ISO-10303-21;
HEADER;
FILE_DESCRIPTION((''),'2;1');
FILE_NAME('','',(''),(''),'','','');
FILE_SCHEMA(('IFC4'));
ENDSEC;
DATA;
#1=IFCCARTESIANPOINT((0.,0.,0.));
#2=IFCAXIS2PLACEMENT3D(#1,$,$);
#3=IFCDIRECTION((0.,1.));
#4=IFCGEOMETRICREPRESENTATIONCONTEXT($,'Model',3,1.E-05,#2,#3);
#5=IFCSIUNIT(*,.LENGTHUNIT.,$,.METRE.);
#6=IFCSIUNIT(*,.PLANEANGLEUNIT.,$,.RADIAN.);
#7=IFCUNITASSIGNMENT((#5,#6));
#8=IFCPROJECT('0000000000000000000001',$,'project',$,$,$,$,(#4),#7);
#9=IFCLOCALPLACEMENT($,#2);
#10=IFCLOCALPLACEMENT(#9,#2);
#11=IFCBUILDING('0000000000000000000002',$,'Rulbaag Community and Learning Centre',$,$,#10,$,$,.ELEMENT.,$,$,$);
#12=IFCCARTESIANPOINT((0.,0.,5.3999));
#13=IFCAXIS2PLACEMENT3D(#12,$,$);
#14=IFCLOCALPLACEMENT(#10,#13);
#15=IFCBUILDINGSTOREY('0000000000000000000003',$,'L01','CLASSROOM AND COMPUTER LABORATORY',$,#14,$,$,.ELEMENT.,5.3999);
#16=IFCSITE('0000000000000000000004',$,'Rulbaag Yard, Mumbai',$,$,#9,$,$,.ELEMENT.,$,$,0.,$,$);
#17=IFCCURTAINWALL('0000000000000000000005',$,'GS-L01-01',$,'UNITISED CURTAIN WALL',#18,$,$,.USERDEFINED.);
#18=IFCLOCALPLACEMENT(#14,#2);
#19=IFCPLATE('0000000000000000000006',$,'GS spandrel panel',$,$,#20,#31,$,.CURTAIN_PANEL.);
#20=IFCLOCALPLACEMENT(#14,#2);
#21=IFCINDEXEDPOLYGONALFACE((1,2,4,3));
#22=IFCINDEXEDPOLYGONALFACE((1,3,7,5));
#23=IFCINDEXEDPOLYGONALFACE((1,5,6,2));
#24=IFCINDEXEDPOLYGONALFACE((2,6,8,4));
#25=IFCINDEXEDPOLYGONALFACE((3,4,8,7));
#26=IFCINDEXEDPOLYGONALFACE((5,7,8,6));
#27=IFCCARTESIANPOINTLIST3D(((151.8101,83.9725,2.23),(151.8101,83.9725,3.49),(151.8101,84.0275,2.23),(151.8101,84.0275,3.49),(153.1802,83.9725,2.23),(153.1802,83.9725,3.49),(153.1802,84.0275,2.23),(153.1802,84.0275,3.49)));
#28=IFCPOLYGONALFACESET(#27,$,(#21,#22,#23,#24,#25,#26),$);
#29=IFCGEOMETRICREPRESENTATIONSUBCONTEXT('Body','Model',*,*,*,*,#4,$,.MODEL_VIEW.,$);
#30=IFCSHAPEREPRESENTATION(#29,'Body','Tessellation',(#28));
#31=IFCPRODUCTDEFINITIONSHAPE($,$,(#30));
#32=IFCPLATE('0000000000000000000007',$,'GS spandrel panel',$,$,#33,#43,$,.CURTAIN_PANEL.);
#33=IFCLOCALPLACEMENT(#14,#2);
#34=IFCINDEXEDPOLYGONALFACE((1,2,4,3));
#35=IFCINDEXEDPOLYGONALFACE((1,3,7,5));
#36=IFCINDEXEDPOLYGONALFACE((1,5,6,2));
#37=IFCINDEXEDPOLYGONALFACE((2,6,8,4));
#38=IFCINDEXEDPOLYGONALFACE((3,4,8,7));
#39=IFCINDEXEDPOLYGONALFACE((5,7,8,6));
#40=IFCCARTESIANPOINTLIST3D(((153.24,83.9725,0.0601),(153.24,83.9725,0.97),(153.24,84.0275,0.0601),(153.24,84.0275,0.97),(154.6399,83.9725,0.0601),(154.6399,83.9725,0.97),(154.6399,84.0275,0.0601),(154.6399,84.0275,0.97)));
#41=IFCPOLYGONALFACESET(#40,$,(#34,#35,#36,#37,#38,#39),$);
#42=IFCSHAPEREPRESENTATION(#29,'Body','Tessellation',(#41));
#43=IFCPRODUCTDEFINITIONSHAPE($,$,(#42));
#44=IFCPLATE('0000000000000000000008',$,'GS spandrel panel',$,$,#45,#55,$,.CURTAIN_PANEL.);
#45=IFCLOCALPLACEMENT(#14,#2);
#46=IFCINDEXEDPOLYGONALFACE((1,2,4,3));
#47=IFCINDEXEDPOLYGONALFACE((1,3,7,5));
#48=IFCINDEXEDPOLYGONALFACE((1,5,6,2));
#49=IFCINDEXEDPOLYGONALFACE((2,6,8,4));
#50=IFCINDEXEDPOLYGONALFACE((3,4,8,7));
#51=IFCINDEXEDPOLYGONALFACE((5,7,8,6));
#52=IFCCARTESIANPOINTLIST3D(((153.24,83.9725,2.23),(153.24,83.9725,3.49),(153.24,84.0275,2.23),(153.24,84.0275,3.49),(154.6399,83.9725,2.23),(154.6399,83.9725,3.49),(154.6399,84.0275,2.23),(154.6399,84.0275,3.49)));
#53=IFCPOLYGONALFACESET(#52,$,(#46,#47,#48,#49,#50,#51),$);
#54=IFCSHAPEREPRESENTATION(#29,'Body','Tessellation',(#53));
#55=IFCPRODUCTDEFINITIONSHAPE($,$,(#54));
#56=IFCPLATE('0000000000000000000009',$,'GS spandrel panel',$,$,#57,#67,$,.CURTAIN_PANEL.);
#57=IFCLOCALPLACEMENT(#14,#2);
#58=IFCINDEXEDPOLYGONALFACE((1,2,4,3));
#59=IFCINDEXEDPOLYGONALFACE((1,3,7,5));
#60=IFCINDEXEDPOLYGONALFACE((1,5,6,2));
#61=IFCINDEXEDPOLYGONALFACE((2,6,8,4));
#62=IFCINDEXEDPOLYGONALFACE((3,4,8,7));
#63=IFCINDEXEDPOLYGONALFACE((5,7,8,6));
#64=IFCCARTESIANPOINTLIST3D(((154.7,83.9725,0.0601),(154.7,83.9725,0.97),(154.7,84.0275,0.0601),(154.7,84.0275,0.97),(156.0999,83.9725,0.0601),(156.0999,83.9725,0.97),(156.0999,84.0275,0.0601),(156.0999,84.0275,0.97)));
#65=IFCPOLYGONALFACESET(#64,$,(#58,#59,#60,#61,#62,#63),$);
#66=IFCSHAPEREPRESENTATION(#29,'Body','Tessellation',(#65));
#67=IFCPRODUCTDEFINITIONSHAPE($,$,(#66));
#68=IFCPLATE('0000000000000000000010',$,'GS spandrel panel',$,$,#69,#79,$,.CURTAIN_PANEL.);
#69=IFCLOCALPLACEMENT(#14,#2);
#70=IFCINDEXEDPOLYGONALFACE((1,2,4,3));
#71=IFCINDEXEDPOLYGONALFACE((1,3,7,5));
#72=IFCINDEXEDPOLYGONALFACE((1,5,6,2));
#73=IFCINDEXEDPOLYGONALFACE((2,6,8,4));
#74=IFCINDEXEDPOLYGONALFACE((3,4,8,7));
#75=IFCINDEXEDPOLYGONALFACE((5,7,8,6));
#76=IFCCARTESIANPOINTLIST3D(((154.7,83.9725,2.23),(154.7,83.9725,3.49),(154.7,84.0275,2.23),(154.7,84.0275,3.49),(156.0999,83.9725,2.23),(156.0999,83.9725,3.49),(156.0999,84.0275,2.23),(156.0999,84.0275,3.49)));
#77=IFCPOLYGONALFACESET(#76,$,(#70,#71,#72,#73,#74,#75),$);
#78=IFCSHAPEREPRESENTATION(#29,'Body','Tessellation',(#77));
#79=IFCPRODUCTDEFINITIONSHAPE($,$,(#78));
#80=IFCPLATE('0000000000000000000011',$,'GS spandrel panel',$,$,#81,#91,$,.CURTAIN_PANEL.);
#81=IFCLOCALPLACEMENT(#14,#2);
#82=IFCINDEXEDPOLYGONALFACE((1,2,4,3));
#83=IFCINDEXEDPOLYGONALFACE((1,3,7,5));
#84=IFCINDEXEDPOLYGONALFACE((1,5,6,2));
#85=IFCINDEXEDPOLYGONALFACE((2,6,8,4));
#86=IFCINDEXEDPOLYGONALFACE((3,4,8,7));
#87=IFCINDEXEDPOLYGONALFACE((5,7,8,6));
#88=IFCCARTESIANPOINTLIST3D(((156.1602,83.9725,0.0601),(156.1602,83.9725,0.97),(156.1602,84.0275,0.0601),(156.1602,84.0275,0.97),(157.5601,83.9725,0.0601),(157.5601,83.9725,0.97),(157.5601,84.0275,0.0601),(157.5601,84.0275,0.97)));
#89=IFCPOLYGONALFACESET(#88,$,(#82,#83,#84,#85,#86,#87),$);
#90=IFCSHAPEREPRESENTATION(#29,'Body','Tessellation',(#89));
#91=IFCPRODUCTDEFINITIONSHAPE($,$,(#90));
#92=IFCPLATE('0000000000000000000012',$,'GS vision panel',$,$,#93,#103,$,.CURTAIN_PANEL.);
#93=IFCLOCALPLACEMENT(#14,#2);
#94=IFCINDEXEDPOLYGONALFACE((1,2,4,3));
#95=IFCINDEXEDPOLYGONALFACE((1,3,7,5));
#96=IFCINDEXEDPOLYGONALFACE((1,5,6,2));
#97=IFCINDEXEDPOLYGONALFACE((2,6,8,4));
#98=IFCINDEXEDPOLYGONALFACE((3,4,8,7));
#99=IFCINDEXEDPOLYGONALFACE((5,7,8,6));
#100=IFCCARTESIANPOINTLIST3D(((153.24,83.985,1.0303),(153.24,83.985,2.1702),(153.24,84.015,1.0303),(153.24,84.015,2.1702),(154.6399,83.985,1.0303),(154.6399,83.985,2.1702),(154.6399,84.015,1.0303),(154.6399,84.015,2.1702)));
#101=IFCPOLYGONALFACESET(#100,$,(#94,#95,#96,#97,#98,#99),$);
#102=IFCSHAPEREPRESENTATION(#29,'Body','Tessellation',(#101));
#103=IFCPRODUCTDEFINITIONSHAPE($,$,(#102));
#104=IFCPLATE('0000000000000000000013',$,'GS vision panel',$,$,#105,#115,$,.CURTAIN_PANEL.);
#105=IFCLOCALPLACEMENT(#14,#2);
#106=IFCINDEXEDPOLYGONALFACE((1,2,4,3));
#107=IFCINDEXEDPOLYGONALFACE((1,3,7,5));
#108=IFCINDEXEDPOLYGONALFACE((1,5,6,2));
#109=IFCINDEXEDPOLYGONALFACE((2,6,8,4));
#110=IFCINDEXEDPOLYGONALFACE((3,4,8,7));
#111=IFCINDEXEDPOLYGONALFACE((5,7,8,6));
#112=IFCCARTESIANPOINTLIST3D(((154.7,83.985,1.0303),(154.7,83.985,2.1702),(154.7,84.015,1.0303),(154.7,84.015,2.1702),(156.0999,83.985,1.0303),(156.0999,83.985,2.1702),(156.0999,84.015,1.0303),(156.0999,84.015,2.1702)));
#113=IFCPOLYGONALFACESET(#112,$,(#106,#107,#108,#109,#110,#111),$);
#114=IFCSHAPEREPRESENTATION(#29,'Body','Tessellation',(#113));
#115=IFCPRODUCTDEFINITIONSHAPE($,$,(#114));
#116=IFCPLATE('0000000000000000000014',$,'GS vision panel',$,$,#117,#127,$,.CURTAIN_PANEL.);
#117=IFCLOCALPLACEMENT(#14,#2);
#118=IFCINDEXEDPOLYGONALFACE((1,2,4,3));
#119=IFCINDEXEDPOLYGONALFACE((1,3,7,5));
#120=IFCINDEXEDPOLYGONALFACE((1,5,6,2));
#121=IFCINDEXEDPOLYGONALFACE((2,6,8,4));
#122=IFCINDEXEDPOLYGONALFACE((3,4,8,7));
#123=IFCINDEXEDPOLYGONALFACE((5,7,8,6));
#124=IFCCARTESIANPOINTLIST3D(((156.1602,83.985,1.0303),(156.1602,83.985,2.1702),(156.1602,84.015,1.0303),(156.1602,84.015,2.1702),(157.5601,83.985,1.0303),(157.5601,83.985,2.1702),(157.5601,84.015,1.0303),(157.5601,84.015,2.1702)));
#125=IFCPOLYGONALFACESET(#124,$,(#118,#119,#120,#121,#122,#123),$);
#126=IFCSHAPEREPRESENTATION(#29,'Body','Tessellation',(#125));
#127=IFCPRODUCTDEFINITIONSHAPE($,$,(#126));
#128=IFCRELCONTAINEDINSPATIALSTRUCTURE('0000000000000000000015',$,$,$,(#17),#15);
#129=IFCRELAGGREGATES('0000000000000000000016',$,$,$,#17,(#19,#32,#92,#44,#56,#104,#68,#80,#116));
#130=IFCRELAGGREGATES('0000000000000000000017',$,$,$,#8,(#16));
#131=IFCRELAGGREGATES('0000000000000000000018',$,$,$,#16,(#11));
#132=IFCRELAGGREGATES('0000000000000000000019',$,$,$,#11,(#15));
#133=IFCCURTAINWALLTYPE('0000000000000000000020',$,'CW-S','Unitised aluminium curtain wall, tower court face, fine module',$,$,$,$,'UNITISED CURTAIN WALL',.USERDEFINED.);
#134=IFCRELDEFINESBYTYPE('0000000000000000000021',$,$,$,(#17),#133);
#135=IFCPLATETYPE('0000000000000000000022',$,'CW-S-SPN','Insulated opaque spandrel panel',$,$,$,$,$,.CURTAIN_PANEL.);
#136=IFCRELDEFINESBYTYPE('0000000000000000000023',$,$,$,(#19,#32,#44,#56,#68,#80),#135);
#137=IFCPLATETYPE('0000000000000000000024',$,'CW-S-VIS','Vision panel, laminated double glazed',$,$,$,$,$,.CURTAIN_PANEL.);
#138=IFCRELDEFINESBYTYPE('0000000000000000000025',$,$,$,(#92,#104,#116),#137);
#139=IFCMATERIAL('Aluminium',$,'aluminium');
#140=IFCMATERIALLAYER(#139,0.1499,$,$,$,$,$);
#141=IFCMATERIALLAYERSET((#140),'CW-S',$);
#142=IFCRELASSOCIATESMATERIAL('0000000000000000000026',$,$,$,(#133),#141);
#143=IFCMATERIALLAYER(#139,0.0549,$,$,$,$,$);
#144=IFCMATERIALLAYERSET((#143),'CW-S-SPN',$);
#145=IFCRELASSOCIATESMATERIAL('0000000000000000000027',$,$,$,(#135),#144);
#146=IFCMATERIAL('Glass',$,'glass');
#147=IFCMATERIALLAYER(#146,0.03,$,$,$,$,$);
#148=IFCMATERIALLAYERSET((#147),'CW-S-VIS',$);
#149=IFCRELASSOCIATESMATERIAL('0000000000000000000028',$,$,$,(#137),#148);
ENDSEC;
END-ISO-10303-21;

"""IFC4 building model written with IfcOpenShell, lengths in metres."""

from ifc_helpers import new_model, si_unit, direction, frame, origin, origin_2d, place, context, subcontext, project, spatial, rectangle, extrude, material, layer, layer_set, type_object, element, aggregate, save


model = new_model("IFC4")

# Units and contexts
model_context = context("Model", 3, precision=1e-05, world=origin(), true_north=direction((0.0, 1.0)))
body_context = subcontext(model_context, "Body", "Model", "MODEL_VIEW")
ifc_project = project(units=[si_unit("LENGTHUNIT", "METRE"), si_unit("PLANEANGLEUNIT", "RADIAN")], contexts=[model_context])

# Site, building, storey
site_placement = place(None, origin())
site = spatial("IfcSite", under=ifc_project, at=site_placement, Name="Rulbaag Yard, Mumbai", CompositionType="ELEMENT", RefElevation=0.0)
building_placement = place(site_placement, origin())
building = spatial("IfcBuilding", under=site, at=building_placement, Name="Rulbaag Community and Learning Centre", CompositionType="ELEMENT")
storey_placement = place(building_placement, frame((0.0, 0.0, 5.3999)))
storey = spatial("IfcBuildingStorey", under=building, at=storey_placement, Name="L01", Description="CLASSROOM AND COMPUTER LABORATORY", CompositionType="ELEMENT", Elevation=5.3999)

# Curtain wall, plates
ifc_material_1 = material(Name="Aluminium", Category="aluminium")
ifc_layer_1 = layer(ifc_material_1, 0.1499)
ifc_layer_set_1 = layer_set([ifc_layer_1], Name="CW-S")
curtain_wall_type = type_object("IfcCurtainWallType", Name="CW-S", Description="Unitised aluminium curtain wall, tower court face, fine module", ElementType="UNITISED CURTAIN WALL", PredefinedType="USERDEFINED", material=ifc_layer_set_1)
curtain_wall_placement = place(storey_placement, origin())
curtain_wall = element("IfcCurtainWall", 1, at=curtain_wall_placement, inside=storey, type_object=curtain_wall_type, Name="GS-L01-01", ObjectType="UNITISED CURTAIN WALL", PredefinedType="USERDEFINED")
ifc_layer_2 = layer(ifc_material_1, 0.0549)
ifc_layer_set_2 = layer_set([ifc_layer_2], Name="CW-S-SPN")
plate_type_1 = type_object("IfcPlateType", Name="CW-S-SPN", Description="Insulated opaque spandrel panel", PredefinedType="CURTAIN_PANEL", material=ifc_layer_set_2)
plate_1_placement = place(storey_placement, frame((152.4951, 84.0, 2.23), z_axis=(0.0, 0.0, 1.0), x_axis=(1.0, 0.0, 0.0)))
plate_1 = element("IfcPlate", 2, at=plate_1_placement, type_object=plate_type_1, Name="GS spandrel panel", PredefinedType="CURTAIN_PANEL", context=body_context, shape_type="SweptSolid", body=[
    extrude(rectangle(XDim=1.3701, YDim=0.0549, at=origin_2d()), origin(), (0.0, 0.0, 1.0), 1.26),
])
plate_2_placement = place(storey_placement, frame((153.9399, 84.0, 0.0601), z_axis=(0.0, 0.0, 1.0), x_axis=(1.0, 0.0, 0.0)))
plate_2 = element("IfcPlate", 3, at=plate_2_placement, type_object=plate_type_1, Name="GS spandrel panel", PredefinedType="CURTAIN_PANEL", context=body_context, shape_type="SweptSolid", body=[
    extrude(rectangle(XDim=1.3999, YDim=0.0549, at=origin_2d()), origin(), (0.0, 0.0, 1.0), 0.9099),
])
plate_3_placement = place(storey_placement, frame((153.9399, 84.0, 2.23), z_axis=(0.0, 0.0, 1.0), x_axis=(1.0, 0.0, 0.0)))
plate_3 = element("IfcPlate", 4, at=plate_3_placement, type_object=plate_type_1, Name="GS spandrel panel", PredefinedType="CURTAIN_PANEL", context=body_context, shape_type="SweptSolid", body=[
    extrude(rectangle(XDim=1.3999, YDim=0.0549, at=origin_2d()), origin(), (0.0, 0.0, 1.0), 1.26),
])
plate_4_placement = place(storey_placement, frame((155.3999, 84.0, 0.0601), z_axis=(0.0, 0.0, 1.0), x_axis=(1.0, 0.0, 0.0)))
plate_4 = element("IfcPlate", 5, at=plate_4_placement, type_object=plate_type_1, Name="GS spandrel panel", PredefinedType="CURTAIN_PANEL", context=body_context, shape_type="SweptSolid", body=[
    extrude(rectangle(XDim=1.3999, YDim=0.0549, at=origin_2d()), origin(), (0.0, 0.0, 1.0), 0.9099),
])
plate_5_placement = place(storey_placement, frame((155.3999, 84.0, 2.23), z_axis=(0.0, 0.0, 1.0), x_axis=(1.0, 0.0, 0.0)))
plate_5 = element("IfcPlate", 6, at=plate_5_placement, type_object=plate_type_1, Name="GS spandrel panel", PredefinedType="CURTAIN_PANEL", context=body_context, shape_type="SweptSolid", body=[
    extrude(rectangle(XDim=1.3999, YDim=0.0549, at=origin_2d()), origin(), (0.0, 0.0, 1.0), 1.26),
])
plate_6_placement = place(storey_placement, frame((156.8601, 84.0, 0.0601), z_axis=(0.0, 0.0, 1.0), x_axis=(1.0, 0.0, 0.0)))
plate_6 = element("IfcPlate", 7, at=plate_6_placement, type_object=plate_type_1, Name="GS spandrel panel", PredefinedType="CURTAIN_PANEL", context=body_context, shape_type="SweptSolid", body=[
    extrude(rectangle(XDim=1.3999, YDim=0.0549, at=origin_2d()), origin(), (0.0, 0.0, 1.0), 0.9099),
])
ifc_material_2 = material(Name="Glass", Category="glass")
ifc_layer_3 = layer(ifc_material_2, 0.03)
ifc_layer_set_3 = layer_set([ifc_layer_3], Name="CW-S-VIS")
plate_type_2 = type_object("IfcPlateType", Name="CW-S-VIS", Description="Vision panel, laminated double glazed", PredefinedType="CURTAIN_PANEL", material=ifc_layer_set_3)
plate_7_placement = place(storey_placement, frame((153.9399, 84.0, 1.0303), z_axis=(0.0, 0.0, 1.0), x_axis=(1.0, 0.0, 0.0)))
plate_7 = element("IfcPlate", 8, at=plate_7_placement, type_object=plate_type_2, Name="GS vision panel", PredefinedType="CURTAIN_PANEL", context=body_context, shape_type="SweptSolid", body=[
    extrude(rectangle(XDim=1.3999, YDim=0.03, at=origin_2d()), origin(), (0.0, 0.0, 1.0), 1.1399),
])
plate_8_placement = place(storey_placement, frame((155.3999, 84.0, 1.0303), z_axis=(0.0, 0.0, 1.0), x_axis=(1.0, 0.0, 0.0)))
plate_8 = element("IfcPlate", 9, at=plate_8_placement, type_object=plate_type_2, Name="GS vision panel", PredefinedType="CURTAIN_PANEL", context=body_context, shape_type="SweptSolid", body=[
    extrude(rectangle(XDim=1.3999, YDim=0.03, at=origin_2d()), origin(), (0.0, 0.0, 1.0), 1.1399),
])
plate_9_placement = place(storey_placement, frame((156.8601, 84.0, 1.0303), z_axis=(0.0, 0.0, 1.0), x_axis=(1.0, 0.0, 0.0)))
plate_9 = element("IfcPlate", 10, at=plate_9_placement, type_object=plate_type_2, Name="GS vision panel", PredefinedType="CURTAIN_PANEL", context=body_context, shape_type="SweptSolid", body=[
    extrude(rectangle(XDim=1.3999, YDim=0.03, at=origin_2d()), origin(), (0.0, 0.0, 1.0), 1.1399),
])
aggregate(curtain_wall, [plate_1, plate_2, plate_7, plate_3, plate_4, plate_8, plate_5, plate_6, plate_9])

save(model, "model.ifc")
